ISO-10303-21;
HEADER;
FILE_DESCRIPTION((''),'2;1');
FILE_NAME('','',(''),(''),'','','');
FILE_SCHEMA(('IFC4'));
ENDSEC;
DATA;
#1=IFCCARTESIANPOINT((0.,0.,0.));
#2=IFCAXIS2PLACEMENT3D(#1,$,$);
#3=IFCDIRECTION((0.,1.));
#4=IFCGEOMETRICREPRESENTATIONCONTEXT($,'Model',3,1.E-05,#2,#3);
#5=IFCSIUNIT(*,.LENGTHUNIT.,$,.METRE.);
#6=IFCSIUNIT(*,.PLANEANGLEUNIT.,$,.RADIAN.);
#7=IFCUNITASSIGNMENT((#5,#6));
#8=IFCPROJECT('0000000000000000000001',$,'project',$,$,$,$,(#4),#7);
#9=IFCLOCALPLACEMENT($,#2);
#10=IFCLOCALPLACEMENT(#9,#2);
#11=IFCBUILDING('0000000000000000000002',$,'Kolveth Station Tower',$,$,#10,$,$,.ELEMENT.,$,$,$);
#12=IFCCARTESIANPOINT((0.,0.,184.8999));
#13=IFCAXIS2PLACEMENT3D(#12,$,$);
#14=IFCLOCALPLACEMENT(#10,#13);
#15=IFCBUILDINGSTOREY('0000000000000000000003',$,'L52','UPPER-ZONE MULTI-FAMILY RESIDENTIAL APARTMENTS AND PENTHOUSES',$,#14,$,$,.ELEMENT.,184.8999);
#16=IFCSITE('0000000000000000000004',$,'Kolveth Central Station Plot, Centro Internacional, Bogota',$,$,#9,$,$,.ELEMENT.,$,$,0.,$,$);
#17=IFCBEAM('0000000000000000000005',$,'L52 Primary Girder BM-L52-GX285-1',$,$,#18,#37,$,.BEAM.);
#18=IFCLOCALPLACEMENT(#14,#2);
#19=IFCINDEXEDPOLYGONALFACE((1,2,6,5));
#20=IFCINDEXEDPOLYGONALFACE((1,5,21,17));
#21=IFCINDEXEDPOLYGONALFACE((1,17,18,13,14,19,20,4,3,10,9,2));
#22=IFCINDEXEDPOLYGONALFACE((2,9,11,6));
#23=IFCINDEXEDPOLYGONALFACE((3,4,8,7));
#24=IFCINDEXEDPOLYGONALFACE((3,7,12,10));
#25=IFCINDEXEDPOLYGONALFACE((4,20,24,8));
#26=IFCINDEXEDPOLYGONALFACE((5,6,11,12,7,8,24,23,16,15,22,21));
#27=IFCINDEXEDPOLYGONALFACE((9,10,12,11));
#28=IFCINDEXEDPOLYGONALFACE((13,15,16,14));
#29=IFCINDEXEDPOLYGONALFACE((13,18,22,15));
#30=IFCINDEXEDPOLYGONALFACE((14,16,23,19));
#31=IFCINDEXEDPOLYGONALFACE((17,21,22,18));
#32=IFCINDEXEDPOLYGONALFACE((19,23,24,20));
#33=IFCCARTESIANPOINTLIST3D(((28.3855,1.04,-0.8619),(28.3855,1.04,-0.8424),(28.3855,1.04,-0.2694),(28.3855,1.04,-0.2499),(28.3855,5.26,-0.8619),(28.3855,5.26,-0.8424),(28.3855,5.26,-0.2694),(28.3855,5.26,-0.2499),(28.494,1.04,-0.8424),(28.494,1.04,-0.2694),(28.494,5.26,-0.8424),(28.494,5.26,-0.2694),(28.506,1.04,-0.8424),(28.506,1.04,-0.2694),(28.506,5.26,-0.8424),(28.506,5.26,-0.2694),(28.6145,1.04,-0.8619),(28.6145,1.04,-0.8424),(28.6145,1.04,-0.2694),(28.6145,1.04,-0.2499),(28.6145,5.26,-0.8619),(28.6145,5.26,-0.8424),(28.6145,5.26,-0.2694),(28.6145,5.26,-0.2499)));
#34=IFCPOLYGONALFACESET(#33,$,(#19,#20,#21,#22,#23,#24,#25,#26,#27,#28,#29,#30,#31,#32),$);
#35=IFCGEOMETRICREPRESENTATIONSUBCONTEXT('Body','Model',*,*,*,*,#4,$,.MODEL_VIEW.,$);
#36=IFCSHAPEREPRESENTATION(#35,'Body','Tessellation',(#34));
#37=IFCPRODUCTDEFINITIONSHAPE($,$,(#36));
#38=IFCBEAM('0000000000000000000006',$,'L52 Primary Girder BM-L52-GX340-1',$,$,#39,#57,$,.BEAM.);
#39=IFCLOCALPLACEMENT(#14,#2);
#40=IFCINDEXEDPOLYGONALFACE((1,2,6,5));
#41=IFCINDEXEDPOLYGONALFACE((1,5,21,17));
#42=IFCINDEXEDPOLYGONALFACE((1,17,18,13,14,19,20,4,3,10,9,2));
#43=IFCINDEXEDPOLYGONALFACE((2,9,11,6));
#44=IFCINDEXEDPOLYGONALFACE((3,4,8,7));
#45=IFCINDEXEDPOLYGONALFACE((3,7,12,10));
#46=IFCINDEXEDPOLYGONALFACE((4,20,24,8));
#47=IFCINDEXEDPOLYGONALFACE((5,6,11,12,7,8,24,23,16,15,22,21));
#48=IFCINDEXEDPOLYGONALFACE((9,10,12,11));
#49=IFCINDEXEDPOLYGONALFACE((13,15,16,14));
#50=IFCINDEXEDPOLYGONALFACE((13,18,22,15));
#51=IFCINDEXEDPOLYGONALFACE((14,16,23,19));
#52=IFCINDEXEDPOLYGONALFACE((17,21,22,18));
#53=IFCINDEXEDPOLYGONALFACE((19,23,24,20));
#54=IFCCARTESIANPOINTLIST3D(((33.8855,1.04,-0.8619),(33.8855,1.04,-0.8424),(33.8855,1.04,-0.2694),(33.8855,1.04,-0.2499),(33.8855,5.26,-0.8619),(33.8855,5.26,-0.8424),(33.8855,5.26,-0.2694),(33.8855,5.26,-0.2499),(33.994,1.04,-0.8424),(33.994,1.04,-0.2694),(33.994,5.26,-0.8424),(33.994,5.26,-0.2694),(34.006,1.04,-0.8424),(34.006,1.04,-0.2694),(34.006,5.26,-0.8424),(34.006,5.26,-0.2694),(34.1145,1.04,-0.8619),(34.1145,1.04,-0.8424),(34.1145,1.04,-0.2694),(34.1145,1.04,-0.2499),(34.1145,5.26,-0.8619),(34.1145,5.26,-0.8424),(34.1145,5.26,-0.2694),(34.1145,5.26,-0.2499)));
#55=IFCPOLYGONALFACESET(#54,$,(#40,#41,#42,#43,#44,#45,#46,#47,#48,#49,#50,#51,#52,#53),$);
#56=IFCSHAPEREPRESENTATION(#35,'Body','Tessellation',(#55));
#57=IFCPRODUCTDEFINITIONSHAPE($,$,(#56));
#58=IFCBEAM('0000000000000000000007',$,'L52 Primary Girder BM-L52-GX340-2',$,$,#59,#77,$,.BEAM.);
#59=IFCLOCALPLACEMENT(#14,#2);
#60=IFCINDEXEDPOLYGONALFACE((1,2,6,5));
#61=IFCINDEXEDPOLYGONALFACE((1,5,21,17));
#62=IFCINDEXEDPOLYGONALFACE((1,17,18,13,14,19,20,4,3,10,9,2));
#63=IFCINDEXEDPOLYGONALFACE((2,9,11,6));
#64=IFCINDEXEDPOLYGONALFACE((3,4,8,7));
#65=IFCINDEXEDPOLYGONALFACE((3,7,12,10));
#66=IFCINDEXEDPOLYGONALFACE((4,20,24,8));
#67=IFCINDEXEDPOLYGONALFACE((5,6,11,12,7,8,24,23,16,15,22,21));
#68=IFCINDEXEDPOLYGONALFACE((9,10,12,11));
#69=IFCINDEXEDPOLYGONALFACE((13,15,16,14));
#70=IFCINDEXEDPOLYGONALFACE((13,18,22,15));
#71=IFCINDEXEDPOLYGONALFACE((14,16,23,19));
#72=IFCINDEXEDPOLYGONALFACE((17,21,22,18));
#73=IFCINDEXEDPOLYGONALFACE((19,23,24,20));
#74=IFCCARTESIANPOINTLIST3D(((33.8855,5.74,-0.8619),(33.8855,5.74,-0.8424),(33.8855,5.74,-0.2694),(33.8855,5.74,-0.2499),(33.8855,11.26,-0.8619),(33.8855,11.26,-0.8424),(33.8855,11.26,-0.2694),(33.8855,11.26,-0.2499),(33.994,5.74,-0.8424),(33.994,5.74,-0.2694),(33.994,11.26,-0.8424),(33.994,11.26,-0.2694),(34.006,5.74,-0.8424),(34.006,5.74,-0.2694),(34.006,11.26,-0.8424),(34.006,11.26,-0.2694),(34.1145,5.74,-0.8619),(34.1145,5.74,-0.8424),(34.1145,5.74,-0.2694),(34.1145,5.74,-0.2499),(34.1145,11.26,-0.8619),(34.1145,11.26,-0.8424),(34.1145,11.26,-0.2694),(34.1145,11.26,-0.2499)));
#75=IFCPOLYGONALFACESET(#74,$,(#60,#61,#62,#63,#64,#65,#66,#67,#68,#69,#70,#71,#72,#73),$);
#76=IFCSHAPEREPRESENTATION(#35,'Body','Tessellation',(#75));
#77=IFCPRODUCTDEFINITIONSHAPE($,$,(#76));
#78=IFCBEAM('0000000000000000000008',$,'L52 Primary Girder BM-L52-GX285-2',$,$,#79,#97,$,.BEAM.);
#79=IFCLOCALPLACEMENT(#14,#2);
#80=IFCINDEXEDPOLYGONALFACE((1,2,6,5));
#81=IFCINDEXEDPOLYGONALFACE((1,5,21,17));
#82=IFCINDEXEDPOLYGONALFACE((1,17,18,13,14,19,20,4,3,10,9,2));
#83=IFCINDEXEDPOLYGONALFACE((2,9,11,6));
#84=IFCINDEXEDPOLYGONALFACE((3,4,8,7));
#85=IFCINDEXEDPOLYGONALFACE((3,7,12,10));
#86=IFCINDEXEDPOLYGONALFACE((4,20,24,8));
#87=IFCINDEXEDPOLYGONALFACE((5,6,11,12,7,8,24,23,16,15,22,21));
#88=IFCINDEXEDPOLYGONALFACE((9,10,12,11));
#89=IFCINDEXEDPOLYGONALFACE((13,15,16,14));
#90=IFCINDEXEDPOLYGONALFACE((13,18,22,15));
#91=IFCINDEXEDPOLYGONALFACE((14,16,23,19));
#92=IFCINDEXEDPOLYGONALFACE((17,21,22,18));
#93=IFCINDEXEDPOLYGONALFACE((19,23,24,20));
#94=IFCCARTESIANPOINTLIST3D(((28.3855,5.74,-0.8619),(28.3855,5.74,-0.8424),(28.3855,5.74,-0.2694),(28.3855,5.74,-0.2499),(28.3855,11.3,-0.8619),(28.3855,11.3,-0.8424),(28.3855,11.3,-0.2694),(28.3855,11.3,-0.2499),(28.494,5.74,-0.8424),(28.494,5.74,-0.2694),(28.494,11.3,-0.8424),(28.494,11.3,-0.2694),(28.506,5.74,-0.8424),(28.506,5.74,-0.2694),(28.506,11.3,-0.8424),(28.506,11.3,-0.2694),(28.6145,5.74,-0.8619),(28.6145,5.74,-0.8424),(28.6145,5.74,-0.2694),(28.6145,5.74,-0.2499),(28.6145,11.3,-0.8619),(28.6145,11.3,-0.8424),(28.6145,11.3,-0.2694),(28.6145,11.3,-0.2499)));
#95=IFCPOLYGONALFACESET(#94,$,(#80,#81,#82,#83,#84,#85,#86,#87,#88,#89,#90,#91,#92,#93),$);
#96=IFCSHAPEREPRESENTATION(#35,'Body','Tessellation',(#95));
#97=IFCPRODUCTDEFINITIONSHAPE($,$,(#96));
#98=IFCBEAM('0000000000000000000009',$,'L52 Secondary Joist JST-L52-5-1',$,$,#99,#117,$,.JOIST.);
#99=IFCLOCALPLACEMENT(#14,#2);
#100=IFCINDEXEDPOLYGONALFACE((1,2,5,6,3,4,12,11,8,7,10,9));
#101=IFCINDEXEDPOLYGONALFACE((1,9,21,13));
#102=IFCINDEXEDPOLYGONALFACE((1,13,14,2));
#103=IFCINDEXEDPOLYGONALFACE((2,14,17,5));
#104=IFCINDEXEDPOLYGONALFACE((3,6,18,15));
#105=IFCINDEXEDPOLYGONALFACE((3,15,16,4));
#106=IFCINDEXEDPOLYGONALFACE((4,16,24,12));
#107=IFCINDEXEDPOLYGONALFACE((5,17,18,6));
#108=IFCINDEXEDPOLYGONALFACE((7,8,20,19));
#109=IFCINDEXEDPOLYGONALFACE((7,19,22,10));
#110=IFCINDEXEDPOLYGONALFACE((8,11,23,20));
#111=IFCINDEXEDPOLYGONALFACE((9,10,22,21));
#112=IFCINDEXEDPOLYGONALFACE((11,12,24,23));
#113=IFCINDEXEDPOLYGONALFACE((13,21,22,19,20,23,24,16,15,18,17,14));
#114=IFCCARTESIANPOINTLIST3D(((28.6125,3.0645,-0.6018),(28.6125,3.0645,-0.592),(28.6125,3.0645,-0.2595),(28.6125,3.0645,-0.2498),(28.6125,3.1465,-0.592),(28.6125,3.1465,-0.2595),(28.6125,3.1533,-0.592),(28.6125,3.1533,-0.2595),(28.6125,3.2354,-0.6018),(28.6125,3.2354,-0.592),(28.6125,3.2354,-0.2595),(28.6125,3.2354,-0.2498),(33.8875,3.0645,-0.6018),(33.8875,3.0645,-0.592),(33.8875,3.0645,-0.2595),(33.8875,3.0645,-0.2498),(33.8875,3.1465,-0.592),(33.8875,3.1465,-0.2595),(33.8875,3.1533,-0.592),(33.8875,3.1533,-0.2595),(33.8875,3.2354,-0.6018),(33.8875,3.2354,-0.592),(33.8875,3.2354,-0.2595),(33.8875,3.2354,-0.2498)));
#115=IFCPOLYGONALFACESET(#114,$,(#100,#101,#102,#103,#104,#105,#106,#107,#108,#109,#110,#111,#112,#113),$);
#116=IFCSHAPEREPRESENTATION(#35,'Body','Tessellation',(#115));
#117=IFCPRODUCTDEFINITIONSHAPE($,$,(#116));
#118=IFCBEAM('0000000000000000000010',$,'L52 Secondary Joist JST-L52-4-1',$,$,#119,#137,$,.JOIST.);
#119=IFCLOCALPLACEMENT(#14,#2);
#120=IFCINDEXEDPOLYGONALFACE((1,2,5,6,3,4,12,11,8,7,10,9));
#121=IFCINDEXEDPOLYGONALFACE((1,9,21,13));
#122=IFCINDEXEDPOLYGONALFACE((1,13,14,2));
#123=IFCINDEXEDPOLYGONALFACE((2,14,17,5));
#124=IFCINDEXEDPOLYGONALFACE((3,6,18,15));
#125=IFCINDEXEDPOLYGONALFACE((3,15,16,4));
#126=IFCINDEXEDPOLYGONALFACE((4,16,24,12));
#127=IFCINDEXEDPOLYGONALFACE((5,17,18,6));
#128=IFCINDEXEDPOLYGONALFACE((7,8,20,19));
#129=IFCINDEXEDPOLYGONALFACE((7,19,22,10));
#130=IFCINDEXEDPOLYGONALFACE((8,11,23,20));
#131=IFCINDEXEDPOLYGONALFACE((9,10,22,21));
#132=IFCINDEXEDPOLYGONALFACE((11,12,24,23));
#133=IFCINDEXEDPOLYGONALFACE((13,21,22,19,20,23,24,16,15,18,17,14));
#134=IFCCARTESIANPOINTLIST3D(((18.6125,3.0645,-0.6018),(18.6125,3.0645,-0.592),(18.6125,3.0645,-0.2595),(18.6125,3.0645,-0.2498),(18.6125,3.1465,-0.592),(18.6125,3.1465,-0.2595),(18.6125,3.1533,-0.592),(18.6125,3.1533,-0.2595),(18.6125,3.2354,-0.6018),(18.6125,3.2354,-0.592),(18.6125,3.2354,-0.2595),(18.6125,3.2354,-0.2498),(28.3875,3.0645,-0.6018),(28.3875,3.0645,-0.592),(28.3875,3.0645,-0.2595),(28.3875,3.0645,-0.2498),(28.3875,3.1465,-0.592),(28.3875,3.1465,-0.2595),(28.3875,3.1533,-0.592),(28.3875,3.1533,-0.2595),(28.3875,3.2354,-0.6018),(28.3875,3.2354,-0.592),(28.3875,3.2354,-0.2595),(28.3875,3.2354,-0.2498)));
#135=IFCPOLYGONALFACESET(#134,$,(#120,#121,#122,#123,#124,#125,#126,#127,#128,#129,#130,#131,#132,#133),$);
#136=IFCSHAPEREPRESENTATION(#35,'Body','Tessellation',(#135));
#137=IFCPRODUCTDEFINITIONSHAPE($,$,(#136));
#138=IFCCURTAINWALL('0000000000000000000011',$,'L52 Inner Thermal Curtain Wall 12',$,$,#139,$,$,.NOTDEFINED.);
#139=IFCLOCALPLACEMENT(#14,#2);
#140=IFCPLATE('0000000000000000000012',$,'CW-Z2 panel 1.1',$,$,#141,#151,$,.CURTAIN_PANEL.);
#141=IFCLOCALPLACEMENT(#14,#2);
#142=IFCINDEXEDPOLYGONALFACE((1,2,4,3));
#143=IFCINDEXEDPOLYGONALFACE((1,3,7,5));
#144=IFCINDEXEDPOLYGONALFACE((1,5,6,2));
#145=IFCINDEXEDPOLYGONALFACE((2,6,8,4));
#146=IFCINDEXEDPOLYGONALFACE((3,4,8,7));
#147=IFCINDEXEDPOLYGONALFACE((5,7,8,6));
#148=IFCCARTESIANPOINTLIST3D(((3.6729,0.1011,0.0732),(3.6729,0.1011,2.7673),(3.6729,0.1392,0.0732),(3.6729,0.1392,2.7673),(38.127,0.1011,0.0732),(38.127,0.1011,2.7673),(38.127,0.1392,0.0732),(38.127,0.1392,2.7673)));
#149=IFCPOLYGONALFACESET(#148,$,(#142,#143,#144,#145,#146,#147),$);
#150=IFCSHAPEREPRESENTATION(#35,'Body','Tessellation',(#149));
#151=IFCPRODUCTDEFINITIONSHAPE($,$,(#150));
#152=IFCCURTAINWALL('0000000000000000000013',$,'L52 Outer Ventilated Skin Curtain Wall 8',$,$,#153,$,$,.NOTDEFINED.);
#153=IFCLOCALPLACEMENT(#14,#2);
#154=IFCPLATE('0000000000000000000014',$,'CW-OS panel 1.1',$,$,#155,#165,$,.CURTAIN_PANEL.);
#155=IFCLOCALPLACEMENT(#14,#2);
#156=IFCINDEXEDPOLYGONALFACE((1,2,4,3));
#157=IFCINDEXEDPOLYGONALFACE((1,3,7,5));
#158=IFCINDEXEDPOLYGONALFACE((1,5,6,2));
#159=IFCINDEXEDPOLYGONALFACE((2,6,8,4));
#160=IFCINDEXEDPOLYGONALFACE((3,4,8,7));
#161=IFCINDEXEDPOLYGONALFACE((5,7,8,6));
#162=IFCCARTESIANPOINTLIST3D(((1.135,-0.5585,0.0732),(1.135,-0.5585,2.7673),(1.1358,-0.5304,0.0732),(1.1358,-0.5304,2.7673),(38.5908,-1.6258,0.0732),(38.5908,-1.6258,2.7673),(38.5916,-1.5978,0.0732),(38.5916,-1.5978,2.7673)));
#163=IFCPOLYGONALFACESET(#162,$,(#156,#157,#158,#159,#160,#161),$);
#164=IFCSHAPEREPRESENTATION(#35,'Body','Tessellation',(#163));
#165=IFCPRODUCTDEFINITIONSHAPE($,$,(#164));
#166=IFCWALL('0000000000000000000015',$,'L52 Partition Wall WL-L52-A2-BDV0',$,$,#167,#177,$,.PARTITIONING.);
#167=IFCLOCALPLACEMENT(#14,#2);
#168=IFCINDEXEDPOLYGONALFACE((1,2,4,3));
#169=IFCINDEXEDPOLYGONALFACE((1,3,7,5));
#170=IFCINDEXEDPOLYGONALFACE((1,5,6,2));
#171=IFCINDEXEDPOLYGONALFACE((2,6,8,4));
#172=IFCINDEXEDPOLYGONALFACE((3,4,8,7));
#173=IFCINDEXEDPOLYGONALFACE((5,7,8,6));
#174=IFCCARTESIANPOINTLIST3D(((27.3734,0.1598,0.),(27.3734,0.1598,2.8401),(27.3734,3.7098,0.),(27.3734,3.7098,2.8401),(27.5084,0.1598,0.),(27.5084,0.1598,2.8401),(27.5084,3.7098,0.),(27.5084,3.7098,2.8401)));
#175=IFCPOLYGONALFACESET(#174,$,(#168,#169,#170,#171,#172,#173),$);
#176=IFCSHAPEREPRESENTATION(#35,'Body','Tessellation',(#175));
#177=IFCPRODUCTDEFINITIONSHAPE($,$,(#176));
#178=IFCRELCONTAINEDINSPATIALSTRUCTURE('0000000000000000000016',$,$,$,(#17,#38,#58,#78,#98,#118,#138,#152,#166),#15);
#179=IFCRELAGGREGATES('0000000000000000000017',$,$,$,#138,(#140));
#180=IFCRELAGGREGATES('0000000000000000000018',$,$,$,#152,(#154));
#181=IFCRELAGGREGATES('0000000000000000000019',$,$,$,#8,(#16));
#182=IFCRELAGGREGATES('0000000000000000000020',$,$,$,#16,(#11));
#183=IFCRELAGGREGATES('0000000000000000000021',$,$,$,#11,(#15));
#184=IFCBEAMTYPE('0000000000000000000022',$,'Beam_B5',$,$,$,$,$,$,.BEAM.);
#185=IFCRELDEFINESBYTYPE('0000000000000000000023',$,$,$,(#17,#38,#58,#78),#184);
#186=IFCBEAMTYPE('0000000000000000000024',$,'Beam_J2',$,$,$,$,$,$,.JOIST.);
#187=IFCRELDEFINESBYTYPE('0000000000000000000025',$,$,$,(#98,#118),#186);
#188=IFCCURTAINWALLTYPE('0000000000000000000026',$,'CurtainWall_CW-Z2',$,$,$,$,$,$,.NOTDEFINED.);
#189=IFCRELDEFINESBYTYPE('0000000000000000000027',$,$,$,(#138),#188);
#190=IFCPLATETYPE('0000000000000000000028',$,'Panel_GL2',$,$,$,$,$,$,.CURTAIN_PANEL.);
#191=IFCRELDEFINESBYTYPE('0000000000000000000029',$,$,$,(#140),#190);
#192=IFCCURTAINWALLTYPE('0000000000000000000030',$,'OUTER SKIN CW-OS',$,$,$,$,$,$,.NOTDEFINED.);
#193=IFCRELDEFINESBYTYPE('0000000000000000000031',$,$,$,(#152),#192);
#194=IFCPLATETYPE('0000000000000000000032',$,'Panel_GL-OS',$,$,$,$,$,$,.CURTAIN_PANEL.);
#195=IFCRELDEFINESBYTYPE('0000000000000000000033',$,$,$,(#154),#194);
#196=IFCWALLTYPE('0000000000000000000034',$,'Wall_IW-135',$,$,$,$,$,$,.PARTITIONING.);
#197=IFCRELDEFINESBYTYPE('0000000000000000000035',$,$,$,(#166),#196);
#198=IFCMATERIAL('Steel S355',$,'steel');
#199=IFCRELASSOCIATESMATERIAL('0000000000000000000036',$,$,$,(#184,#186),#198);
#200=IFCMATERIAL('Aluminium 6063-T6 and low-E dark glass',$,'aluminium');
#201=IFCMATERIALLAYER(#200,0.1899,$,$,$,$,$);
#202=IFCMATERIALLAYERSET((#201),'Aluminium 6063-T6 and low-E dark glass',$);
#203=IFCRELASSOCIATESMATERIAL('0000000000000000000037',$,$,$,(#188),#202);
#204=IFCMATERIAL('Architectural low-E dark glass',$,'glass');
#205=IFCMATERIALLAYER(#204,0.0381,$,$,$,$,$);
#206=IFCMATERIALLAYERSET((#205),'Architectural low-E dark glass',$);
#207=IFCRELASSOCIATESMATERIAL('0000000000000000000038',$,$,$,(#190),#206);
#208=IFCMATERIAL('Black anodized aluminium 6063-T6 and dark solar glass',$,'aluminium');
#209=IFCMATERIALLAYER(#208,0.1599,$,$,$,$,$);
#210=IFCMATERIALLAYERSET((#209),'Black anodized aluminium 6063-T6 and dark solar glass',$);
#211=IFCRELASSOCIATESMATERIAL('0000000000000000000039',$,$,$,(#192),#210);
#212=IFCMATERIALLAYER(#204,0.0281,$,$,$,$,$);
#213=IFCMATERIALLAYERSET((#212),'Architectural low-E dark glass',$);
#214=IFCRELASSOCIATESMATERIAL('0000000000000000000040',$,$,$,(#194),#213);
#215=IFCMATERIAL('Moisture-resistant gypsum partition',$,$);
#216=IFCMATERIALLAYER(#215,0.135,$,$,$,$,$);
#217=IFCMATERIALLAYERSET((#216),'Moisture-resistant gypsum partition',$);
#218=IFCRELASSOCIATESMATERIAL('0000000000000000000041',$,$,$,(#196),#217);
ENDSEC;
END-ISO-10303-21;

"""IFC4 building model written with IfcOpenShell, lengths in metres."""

from ifc_helpers import new_model, si_unit, direction, frame, frame_2d, origin, origin_2d, place, context, subcontext, project, spatial, rectangle, i_section, extrude, source, transform, mapped, material, layer, layer_set, material_profile, profile_set, type_object, element, aggregate, save


model = new_model("IFC4")

# Units and contexts
model_context = context("Model", 3, precision=1e-05, world=origin(), true_north=direction((0.0, 1.0)))
body_context = subcontext(model_context, "Body", "Model", "MODEL_VIEW")
ifc_project = project(units=[si_unit("LENGTHUNIT", "METRE"), si_unit("PLANEANGLEUNIT", "RADIAN")], contexts=[model_context])

# Site, building, storey
site_placement = place(None, origin())
site = spatial("IfcSite", under=ifc_project, at=site_placement, Name="Kolveth Central Station Plot, Centro Internacional, Bogota", CompositionType="ELEMENT", RefElevation=0.0)
building_placement = place(site_placement, origin())
building = spatial("IfcBuilding", under=site, at=building_placement, Name="Kolveth Station Tower", CompositionType="ELEMENT")
storey_placement = place(building_placement, frame((0.0, 0.0, 184.8999)))
storey = spatial("IfcBuildingStorey", under=building, at=storey_placement, Name="L52", Description="UPPER-ZONE MULTI-FAMILY RESIDENTIAL APARTMENTS AND PENTHOUSES", CompositionType="ELEMENT", Elevation=184.8999)

# Shared definitions
ifc_material_1 = material(Name="Steel S355", Category="steel")

# Beams
ifc_material_profile_1 = material_profile(ifc_material_1, i_section(OverallWidth=0.229, OverallDepth=0.6121, WebThickness=0.012, FlangeThickness=0.0195, at=origin_2d()), Name="W610x125")
ifc_profile_set_1 = profile_set([ifc_material_profile_1], Name="Steel S355")
beam_type_1 = type_object("IfcBeamType", Name="Beam_B5", PredefinedType="BEAM", material=ifc_profile_set_1)
shared_shape_1 = source(origin(), body_context, "Body", "SweptSolid", [
    extrude(i_section(OverallWidth=0.229, OverallDepth=0.6121, WebThickness=0.012, FlangeThickness=0.0195, at=origin_2d()), origin(), (0.0, 0.0, 1.0), 4.22),
])
for number, where, z_axis, x_axis, name in (
    (1, (28.5, 1.04, -0.5559), (0.0, 1.0, 0.0), (-1.0, 0.0, 0.0), "L52 Primary Girder BM-L52-GX285-1"),
    (2, (34.0, 1.04, -0.5559), (0.0, 1.0, 0.0), (-1.0, 0.0, 0.0), "L52 Primary Girder BM-L52-GX340-1"),
):
    element("IfcBeam", number, at=place(storey_placement, frame(where, z_axis=z_axis, x_axis=x_axis)), inside=storey, type_object=beam_type_1, Name=name, PredefinedType="BEAM", context=body_context, shape_type="MappedRepresentation", body=[
        mapped(shared_shape_1, transform((0.0, 0.0, 0.0), x_axis=(1.0, 0.0, 0.0), y_axis=(0.0, 1.0, 0.0), z_axis=(0.0, 0.0, 1.0), scale=1.0)),
    ])
shared_shape_2 = source(origin(), body_context, "Body", "SweptSolid", [
    extrude(i_section(OverallWidth=0.229, OverallDepth=0.6121, WebThickness=0.012, FlangeThickness=0.0195, at=origin_2d()), origin(), (0.0, 0.0, 1.0), 5.52),
])
beam_1_placement = place(storey_placement, frame((34.0, 5.74, -0.5559), z_axis=(0.0, 1.0, 0.0), x_axis=(-1.0, 0.0, 0.0)))
element("IfcBeam", 3, at=beam_1_placement, inside=storey, type_object=beam_type_1, Name="L52 Primary Girder BM-L52-GX340-2", PredefinedType="BEAM", context=body_context, shape_type="MappedRepresentation", body=[
    mapped(shared_shape_2, transform((0.0, 0.0, 0.0), x_axis=(1.0, 0.0, 0.0), y_axis=(0.0, 1.0, 0.0), z_axis=(0.0, 0.0, 1.0), scale=1.0)),
])
shared_shape_3 = source(origin(), body_context, "Body", "SweptSolid", [
    extrude(i_section(OverallWidth=0.229, OverallDepth=0.6121, WebThickness=0.012, FlangeThickness=0.0195, at=origin_2d()), origin(), (0.0, 0.0, 1.0), 5.5601),
])
beam_2_placement = place(storey_placement, frame((28.5, 5.74, -0.5559), z_axis=(0.0, 1.0, 0.0), x_axis=(-1.0, 0.0, 0.0)))
element("IfcBeam", 4, at=beam_2_placement, inside=storey, type_object=beam_type_1, Name="L52 Primary Girder BM-L52-GX285-2", PredefinedType="BEAM", context=body_context, shape_type="MappedRepresentation", body=[
    mapped(shared_shape_3, transform((0.0, 0.0, 0.0), x_axis=(1.0, 0.0, 0.0), y_axis=(0.0, 1.0, 0.0), z_axis=(0.0, 0.0, 1.0), scale=1.0)),
])
ifc_material_profile_2 = material_profile(ifc_material_1, i_section(OverallWidth=0.1709, OverallDepth=0.3521, WebThickness=0.0068, FlangeThickness=0.0098, at=origin_2d()), Name="W360x44")
ifc_profile_set_2 = profile_set([ifc_material_profile_2], Name="Steel S355")
beam_type_2 = type_object("IfcBeamType", Name="Beam_J2", PredefinedType="JOIST", material=ifc_profile_set_2)
shared_shape_4 = source(origin(), body_context, "Body", "SweptSolid", [
    extrude(i_section(OverallWidth=0.1709, OverallDepth=0.3521, WebThickness=0.0068, FlangeThickness=0.0098, at=origin_2d()), origin(), (0.0, 0.0, 1.0), 5.2749),
])
beam_3_placement = place(storey_placement, frame((28.6125, 3.1499, -0.4258), z_axis=(1.0, 0.0, 0.0), x_axis=(0.0, 1.0, 0.0)))
element("IfcBeam", 5, at=beam_3_placement, inside=storey, type_object=beam_type_2, Name="L52 Secondary Joist JST-L52-5-1", PredefinedType="JOIST", context=body_context, shape_type="MappedRepresentation", body=[
    mapped(shared_shape_4, transform((0.0, 0.0, 0.0), x_axis=(1.0, 0.0, 0.0), y_axis=(0.0, 1.0, 0.0), z_axis=(0.0, 0.0, 1.0), scale=1.0)),
])
shared_shape_5 = source(origin(), body_context, "Body", "SweptSolid", [
    extrude(i_section(OverallWidth=0.1709, OverallDepth=0.3521, WebThickness=0.0068, FlangeThickness=0.0098, at=origin_2d()), origin(), (0.0, 0.0, 1.0), 9.7749),
])
beam_4_placement = place(storey_placement, frame((18.6125, 3.1499, -0.4258), z_axis=(1.0, 0.0, 0.0), x_axis=(0.0, 1.0, 0.0)))
element("IfcBeam", 6, at=beam_4_placement, inside=storey, type_object=beam_type_2, Name="L52 Secondary Joist JST-L52-4-1", PredefinedType="JOIST", context=body_context, shape_type="MappedRepresentation", body=[
    mapped(shared_shape_5, transform((0.0, 0.0, 0.0), x_axis=(1.0, 0.0, 0.0), y_axis=(0.0, 1.0, 0.0), z_axis=(0.0, 0.0, 1.0), scale=1.0)),
])

# Curtain walls, plates
ifc_material_2 = material(Name="Aluminium 6063-T6 and low-E dark glass", Category="aluminium")
ifc_layer_1 = layer(ifc_material_2, 0.1899)
ifc_layer_set_1 = layer_set([ifc_layer_1], Name="Aluminium 6063-T6 and low-E dark glass")
curtain_wall_type_1 = type_object("IfcCurtainWallType", Name="CurtainWall_CW-Z2", PredefinedType="NOTDEFINED", material=ifc_layer_set_1)
curtain_wall_1_placement = place(storey_placement, origin())
curtain_wall_1 = element("IfcCurtainWall", 7, at=curtain_wall_1_placement, inside=storey, type_object=curtain_wall_type_1, Name="L52 Inner Thermal Curtain Wall 12", PredefinedType="NOTDEFINED")
ifc_material_3 = material(Name="Architectural low-E dark glass", Category="glass")
ifc_layer_2 = layer(ifc_material_3, 0.0381)
ifc_layer_set_2 = layer_set([ifc_layer_2], Name="Architectural low-E dark glass")
plate_type_1 = type_object("IfcPlateType", Name="Panel_GL2", PredefinedType="CURTAIN_PANEL", material=ifc_layer_set_2)
shared_shape_6 = source(origin(), body_context, "Body", "SweptSolid", [
    extrude(rectangle(XDim=34.4541, YDim=0.0381, at=origin_2d()), origin(), (0.0, 0.0, 1.0), 2.6941),
])
plate_1_placement = place(storey_placement, frame((20.8999, 0.1201, 0.0732), z_axis=(0.0, 0.0, 1.0), x_axis=(1.0, 0.0, 0.0)))
plate_1 = element("IfcPlate", 8, at=plate_1_placement, type_object=plate_type_1, Name="CW-Z2 panel 1.1", PredefinedType="CURTAIN_PANEL", context=body_context, shape_type="MappedRepresentation", body=[
    mapped(shared_shape_6, transform((0.0, 0.0, 0.0), x_axis=(1.0, 0.0, 0.0), y_axis=(0.0, 1.0, 0.0), z_axis=(0.0, 0.0, 1.0), scale=1.0)),
])
aggregate(curtain_wall_1, [plate_1])
ifc_material_4 = material(Name="Black anodized aluminium 6063-T6 and dark solar glass", Category="aluminium")
ifc_layer_3 = layer(ifc_material_4, 0.1599)
ifc_layer_set_3 = layer_set([ifc_layer_3], Name="Black anodized aluminium 6063-T6 and dark solar glass")
curtain_wall_type_2 = type_object("IfcCurtainWallType", Name="OUTER SKIN CW-OS", PredefinedType="NOTDEFINED", material=ifc_layer_set_3)
curtain_wall_2_placement = place(storey_placement, origin())
curtain_wall_2 = element("IfcCurtainWall", 9, at=curtain_wall_2_placement, inside=storey, type_object=curtain_wall_type_2, Name="L52 Outer Ventilated Skin Curtain Wall 8", PredefinedType="NOTDEFINED")
ifc_layer_4 = layer(ifc_material_3, 0.0281)
ifc_layer_set_4 = layer_set([ifc_layer_4], Name="Architectural low-E dark glass")
plate_type_2 = type_object("IfcPlateType", Name="Panel_GL-OS", PredefinedType="CURTAIN_PANEL", material=ifc_layer_set_4)
shared_shape_7 = source(origin(), body_context, "Body", "SweptSolid", [
    extrude(rectangle(XDim=37.4709, YDim=0.0281, at=origin_2d()), origin(), (0.0, 0.0, 1.0), 2.6941),
])
plate_2_placement = place(storey_placement, frame((19.8633, -1.0781, 0.0732), z_axis=(0.0, 0.0, 1.0), x_axis=(0.999594, -0.028485, 0.0)))
plate_2 = element("IfcPlate", 10, at=plate_2_placement, type_object=plate_type_2, Name="CW-OS panel 1.1", PredefinedType="CURTAIN_PANEL", context=body_context, shape_type="MappedRepresentation", body=[
    mapped(shared_shape_7, transform((0.0, 0.0, 0.0), x_axis=(1.0, 0.0, 0.0), y_axis=(0.0, 1.0, 0.0), z_axis=(0.0, 0.0, 1.0), scale=1.0)),
])
aggregate(curtain_wall_2, [plate_2])

# Wall
ifc_material_5 = material(Name="Moisture-resistant gypsum partition")
ifc_layer_5 = layer(ifc_material_5, 0.135)
ifc_layer_set_5 = layer_set([ifc_layer_5], Name="Moisture-resistant gypsum partition")
wall_type_1 = type_object("IfcWallType", Name="Wall_IW-135", PredefinedType="PARTITIONING", material=ifc_layer_set_5)
wall_1_placement = place(storey_placement, frame((27.4409, 0.1599, 0.0), z_axis=(0.0, 0.0, 1.0), x_axis=(0.0, 1.0, 0.0)))
element("IfcWall", 11, at=wall_1_placement, inside=storey, type_object=wall_type_1, Name="L52 Partition Wall WL-L52-A2-BDV0", PredefinedType="PARTITIONING", context=body_context, shape_type="SweptSolid", body=[
    extrude(rectangle(XDim=3.55, YDim=0.135, at=frame_2d((1.7749, 0.0))), origin(), (0.0, 0.0, 1.0), 2.8401),
])

save(model, "model.ifc")
